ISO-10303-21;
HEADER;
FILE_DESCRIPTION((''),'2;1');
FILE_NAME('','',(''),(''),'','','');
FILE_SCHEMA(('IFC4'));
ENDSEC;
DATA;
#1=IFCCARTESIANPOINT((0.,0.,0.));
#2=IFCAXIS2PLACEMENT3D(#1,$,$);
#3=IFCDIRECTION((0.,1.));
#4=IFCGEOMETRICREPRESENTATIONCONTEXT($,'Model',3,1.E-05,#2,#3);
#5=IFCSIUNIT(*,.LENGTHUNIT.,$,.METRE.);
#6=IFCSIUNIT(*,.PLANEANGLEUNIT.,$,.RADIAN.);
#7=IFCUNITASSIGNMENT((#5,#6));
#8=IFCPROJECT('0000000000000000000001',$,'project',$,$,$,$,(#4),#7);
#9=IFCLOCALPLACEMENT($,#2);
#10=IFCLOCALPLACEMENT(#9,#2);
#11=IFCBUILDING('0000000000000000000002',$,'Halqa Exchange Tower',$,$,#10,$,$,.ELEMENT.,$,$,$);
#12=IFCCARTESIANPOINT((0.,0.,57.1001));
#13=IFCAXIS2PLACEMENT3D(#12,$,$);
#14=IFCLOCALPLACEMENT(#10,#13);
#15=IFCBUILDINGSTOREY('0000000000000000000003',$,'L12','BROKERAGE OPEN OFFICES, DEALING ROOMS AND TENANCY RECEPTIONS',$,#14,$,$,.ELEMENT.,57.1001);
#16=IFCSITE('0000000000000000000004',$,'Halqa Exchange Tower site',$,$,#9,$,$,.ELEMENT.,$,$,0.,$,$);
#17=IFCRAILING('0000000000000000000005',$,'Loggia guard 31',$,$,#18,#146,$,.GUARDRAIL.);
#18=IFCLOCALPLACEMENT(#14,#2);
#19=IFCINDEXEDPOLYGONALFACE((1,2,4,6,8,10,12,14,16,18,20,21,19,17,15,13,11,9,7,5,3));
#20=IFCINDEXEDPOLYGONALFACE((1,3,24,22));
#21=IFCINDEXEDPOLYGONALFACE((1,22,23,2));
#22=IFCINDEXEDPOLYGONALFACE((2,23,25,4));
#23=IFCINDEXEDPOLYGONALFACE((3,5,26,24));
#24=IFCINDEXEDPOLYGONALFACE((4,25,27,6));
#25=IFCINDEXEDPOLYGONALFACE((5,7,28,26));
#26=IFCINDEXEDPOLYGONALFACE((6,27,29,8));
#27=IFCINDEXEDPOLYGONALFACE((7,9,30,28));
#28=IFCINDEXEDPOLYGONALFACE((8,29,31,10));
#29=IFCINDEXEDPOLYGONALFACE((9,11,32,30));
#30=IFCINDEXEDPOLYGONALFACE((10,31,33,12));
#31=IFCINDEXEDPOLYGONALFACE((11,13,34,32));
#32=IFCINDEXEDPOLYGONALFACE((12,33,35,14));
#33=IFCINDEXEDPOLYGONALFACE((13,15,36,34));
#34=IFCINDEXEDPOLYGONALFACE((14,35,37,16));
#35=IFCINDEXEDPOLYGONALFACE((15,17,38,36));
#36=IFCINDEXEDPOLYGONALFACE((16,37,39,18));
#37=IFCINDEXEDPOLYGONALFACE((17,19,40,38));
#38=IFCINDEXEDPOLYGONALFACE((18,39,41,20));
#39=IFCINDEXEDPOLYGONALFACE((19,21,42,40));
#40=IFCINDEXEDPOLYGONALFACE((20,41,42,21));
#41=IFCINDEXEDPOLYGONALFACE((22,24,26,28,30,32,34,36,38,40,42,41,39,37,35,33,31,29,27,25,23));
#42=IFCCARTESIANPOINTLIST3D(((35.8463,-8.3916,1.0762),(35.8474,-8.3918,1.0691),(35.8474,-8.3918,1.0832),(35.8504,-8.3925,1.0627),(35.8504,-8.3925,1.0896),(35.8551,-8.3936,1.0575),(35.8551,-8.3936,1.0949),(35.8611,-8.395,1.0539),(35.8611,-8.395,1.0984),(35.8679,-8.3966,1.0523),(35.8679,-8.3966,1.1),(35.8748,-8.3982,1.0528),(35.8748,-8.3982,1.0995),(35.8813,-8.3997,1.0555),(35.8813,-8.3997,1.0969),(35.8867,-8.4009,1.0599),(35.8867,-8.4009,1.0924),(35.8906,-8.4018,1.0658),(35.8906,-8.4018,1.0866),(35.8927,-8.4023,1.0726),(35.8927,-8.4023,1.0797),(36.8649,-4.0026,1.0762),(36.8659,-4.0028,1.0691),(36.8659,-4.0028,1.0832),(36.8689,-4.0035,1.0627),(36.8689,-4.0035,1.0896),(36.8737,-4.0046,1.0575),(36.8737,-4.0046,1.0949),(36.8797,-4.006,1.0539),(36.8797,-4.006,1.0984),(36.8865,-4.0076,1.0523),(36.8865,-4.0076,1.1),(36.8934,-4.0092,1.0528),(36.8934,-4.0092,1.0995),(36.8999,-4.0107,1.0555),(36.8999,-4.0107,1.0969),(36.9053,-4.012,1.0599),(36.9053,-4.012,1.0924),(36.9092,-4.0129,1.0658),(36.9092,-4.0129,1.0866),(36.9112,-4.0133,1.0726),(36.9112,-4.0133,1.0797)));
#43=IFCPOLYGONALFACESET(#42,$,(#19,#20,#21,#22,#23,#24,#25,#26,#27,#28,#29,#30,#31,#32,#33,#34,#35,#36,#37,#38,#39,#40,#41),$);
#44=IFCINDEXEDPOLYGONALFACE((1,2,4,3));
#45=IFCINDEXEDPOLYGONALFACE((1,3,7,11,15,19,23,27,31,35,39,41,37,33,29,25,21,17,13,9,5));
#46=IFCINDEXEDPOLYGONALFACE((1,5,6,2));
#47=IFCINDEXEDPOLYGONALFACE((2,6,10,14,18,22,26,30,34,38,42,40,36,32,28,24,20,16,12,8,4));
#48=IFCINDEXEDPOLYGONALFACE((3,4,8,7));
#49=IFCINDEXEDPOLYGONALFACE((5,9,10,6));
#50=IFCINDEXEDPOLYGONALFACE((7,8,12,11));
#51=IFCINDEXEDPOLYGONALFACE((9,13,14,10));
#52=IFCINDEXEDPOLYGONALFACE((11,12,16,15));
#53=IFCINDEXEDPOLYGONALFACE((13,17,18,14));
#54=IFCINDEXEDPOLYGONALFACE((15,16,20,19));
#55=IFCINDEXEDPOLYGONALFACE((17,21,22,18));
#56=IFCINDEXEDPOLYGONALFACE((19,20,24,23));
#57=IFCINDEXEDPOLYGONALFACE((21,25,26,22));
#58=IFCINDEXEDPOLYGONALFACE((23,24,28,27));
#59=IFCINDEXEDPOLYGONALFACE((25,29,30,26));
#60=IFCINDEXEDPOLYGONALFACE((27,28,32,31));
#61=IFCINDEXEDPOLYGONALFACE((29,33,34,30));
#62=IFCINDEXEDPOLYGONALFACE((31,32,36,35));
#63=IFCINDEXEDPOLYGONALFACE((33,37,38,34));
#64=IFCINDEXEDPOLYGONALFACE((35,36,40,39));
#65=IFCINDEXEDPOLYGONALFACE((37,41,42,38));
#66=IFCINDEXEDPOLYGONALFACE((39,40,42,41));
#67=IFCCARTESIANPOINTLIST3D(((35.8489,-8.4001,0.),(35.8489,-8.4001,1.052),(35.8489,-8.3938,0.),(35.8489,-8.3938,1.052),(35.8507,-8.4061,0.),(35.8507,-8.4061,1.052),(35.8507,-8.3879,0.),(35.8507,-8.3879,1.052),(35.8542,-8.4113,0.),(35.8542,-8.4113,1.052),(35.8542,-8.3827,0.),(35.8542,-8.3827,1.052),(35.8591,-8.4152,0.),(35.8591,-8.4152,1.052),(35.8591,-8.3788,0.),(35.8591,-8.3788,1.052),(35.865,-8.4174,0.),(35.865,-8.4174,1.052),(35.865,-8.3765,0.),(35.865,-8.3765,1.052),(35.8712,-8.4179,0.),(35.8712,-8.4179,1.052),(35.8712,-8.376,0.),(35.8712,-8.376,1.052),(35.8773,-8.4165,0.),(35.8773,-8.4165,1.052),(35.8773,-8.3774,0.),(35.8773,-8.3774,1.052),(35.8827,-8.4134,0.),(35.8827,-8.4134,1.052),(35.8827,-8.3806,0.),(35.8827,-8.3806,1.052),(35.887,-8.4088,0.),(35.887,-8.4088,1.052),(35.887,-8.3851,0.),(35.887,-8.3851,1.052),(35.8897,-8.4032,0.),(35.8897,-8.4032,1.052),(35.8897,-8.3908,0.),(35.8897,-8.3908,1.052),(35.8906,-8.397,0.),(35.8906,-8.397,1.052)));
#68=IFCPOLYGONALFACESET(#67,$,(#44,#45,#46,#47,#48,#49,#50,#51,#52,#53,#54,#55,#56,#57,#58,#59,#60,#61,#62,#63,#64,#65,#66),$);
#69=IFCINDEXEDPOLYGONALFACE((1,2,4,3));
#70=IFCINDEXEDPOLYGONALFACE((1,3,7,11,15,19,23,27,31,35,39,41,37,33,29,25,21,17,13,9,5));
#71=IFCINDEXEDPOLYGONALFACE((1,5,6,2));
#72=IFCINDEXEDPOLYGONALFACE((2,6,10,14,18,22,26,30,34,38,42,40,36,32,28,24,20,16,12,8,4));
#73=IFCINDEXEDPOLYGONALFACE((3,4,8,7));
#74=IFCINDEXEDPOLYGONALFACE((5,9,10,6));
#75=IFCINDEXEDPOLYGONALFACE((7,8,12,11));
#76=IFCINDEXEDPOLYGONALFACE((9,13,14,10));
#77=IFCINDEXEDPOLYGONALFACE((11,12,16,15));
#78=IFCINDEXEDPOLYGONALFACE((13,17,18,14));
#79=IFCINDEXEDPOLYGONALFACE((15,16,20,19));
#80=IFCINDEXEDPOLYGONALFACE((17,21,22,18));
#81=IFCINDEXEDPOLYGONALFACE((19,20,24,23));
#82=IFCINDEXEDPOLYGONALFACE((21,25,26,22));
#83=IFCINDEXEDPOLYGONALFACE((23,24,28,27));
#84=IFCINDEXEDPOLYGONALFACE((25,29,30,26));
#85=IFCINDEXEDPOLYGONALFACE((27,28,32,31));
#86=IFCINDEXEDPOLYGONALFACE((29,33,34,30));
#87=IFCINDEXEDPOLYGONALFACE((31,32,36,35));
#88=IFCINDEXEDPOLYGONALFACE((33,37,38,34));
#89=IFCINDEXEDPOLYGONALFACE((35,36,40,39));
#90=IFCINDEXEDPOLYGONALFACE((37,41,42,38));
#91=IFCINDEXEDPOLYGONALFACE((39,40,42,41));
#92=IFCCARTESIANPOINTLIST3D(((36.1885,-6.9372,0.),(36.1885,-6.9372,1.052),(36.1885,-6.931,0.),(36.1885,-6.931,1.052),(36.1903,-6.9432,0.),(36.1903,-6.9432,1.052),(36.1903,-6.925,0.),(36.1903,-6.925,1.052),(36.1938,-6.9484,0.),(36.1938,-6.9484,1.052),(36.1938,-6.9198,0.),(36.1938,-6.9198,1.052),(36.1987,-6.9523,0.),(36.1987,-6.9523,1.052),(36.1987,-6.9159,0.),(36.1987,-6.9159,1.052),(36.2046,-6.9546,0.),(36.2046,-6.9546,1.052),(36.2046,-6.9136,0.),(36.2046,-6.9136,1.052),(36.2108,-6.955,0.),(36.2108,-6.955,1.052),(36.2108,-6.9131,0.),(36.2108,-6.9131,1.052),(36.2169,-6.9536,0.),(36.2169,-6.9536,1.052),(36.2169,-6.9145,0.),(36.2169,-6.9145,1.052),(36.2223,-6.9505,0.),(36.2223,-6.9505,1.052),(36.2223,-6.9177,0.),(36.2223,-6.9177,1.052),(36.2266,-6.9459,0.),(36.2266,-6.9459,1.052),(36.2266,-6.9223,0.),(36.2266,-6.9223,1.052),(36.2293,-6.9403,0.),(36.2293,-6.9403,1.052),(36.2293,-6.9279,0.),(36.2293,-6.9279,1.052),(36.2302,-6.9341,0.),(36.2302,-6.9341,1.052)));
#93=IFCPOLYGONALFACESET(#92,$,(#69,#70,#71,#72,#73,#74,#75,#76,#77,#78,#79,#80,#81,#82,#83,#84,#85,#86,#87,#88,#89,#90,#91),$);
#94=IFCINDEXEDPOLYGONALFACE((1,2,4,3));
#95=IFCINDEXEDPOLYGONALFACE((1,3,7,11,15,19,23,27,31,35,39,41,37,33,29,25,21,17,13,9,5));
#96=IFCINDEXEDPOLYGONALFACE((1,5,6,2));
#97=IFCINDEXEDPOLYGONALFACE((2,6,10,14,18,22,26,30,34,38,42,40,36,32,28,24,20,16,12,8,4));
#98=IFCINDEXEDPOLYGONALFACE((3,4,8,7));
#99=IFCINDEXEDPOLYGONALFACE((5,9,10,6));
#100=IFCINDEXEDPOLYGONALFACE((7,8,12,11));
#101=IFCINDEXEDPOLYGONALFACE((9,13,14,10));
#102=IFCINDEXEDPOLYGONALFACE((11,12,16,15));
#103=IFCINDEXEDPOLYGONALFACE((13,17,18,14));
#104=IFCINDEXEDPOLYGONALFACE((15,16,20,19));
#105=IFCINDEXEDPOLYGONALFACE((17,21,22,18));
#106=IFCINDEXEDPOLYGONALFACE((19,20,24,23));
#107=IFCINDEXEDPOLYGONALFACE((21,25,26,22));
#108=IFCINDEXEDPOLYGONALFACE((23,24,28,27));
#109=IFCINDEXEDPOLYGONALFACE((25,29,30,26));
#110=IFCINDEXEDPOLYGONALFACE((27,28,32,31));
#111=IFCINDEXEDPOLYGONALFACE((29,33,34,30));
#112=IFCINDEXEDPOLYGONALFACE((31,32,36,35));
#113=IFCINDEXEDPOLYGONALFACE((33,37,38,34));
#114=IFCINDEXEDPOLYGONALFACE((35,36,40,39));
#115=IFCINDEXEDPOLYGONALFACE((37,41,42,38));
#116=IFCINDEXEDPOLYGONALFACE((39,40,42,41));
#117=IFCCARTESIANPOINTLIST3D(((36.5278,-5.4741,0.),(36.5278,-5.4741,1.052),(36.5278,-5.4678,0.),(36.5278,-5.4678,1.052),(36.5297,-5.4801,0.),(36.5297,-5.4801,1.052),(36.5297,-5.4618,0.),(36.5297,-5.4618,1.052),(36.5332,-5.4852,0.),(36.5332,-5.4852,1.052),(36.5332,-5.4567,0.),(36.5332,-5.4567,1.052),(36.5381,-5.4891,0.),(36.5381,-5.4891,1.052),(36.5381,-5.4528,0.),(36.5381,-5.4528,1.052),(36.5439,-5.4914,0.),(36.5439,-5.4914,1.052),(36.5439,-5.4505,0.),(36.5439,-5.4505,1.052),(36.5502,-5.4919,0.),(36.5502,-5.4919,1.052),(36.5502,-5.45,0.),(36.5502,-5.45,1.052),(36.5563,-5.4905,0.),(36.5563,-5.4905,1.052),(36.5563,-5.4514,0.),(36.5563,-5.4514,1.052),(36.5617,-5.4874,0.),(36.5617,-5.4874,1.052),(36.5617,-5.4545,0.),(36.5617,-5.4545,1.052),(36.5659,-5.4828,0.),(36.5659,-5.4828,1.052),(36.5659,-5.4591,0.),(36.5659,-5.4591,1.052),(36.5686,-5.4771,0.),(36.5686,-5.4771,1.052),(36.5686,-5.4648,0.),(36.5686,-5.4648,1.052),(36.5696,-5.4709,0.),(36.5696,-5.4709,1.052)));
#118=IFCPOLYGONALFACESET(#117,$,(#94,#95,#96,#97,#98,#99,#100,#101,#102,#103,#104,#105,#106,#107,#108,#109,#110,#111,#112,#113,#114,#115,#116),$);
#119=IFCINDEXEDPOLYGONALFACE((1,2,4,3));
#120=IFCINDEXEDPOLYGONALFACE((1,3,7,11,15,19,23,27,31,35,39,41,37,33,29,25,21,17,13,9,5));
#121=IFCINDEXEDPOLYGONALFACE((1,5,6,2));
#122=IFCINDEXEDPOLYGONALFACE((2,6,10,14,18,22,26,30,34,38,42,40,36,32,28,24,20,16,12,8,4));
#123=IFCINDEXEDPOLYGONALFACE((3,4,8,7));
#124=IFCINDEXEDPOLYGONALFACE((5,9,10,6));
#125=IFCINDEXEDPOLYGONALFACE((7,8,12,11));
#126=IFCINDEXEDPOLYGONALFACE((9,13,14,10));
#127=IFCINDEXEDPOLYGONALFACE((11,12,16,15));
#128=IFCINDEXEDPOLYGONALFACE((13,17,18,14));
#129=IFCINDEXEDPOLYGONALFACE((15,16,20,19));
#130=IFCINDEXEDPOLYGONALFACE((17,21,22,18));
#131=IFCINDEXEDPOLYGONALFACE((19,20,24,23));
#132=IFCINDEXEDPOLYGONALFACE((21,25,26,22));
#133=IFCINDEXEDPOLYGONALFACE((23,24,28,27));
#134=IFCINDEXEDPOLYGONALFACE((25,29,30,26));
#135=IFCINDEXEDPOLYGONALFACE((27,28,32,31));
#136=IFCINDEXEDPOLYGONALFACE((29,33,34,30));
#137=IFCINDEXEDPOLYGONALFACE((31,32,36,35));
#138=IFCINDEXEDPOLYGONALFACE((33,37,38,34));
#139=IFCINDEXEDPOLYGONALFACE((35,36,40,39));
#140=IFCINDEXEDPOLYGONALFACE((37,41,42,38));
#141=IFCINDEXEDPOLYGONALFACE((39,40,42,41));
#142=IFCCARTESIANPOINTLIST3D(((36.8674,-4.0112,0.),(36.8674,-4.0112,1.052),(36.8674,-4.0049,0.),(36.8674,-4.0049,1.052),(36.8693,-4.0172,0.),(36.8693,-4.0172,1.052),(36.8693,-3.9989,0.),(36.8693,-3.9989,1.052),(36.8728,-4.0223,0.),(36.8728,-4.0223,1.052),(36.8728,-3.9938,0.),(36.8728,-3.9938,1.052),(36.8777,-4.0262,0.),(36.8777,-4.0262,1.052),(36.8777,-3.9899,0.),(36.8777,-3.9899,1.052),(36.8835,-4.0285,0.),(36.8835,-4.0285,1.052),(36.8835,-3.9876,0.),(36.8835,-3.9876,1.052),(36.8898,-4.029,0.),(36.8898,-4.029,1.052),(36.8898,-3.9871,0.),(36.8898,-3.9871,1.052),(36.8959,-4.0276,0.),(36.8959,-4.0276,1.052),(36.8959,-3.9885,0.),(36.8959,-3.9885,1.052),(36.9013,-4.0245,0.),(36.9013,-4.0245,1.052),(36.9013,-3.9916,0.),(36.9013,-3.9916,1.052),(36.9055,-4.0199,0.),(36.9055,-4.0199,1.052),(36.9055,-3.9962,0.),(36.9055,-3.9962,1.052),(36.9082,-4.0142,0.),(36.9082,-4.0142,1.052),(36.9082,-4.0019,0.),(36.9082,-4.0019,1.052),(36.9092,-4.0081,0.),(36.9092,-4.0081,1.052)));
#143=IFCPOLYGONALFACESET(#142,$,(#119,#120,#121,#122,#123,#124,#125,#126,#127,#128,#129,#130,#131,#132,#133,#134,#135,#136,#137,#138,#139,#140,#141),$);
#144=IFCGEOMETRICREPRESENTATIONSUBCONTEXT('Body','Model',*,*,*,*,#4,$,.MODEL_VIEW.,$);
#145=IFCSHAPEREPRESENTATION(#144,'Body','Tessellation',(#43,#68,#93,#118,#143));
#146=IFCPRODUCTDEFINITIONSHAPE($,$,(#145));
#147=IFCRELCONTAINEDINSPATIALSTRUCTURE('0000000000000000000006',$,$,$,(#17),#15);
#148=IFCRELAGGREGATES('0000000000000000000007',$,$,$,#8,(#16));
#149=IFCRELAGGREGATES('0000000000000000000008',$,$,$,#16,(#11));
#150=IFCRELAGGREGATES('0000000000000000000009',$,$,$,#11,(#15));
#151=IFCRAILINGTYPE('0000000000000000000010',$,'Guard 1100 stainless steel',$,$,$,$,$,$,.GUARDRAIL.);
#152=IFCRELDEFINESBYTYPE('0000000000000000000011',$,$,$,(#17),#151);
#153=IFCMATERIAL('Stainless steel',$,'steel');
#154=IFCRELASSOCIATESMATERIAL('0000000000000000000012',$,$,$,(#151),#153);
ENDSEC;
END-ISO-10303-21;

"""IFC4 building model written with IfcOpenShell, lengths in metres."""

from ifc_helpers import new_model, si_unit, direction, frame, origin, origin_2d, place, context, subcontext, project, spatial, circle, extrude, material, type_object, element, save


model = new_model("IFC4")

# Units and contexts
model_context = context("Model", 3, precision=1e-05, world=origin(), true_north=direction((0.0, 1.0)))
body_context = subcontext(model_context, "Body", "Model", "MODEL_VIEW")
ifc_project = project(units=[si_unit("LENGTHUNIT", "METRE"), si_unit("PLANEANGLEUNIT", "RADIAN")], contexts=[model_context])

# Site, building, storey
site_placement = place(None, origin())
site = spatial("IfcSite", under=ifc_project, at=site_placement, Name="Halqa Exchange Tower site", CompositionType="ELEMENT", RefElevation=0.0)
building_placement = place(site_placement, origin())
building = spatial("IfcBuilding", under=site, at=building_placement, Name="Halqa Exchange Tower", CompositionType="ELEMENT")
storey_placement = place(building_placement, frame((0.0, 0.0, 57.1001)))
storey = spatial("IfcBuildingStorey", under=building, at=storey_placement, Name="L12", Description="BROKERAGE OPEN OFFICES, DEALING ROOMS AND TENANCY RECEPTIONS", CompositionType="ELEMENT", Elevation=57.1001)

# Railing
ifc_material_1 = material(Name="Stainless steel", Category="steel")
railing_type = type_object("IfcRailingType", Name="Guard 1100 stainless steel", PredefinedType="GUARDRAIL", material=ifc_material_1)
railing_1_placement = place(storey_placement, frame((35.8696, -8.397, 0.0)))
element("IfcRailing", 1, at=railing_1_placement, inside=storey, type_object=railing_type, Name="Loggia guard 31", PredefinedType="GUARDRAIL", context=body_context, shape_type="SweptSolid", body=[
    extrude(circle(Radius=0.0239, at=origin_2d()), frame((0.0, 0.0, 1.0762), z_axis=(0.226066, 0.974112, 0.0), x_axis=(-0.974112, 0.226066, 0.0)), (0.0, 0.0, 1.0), 4.5056),
    extrude(circle(Radius=0.021, at=origin_2d()), origin(), (0.0, 0.0, 1.0), 1.052),
    extrude(circle(Radius=0.021, at=origin_2d()), frame((0.3396, 1.4629, 0.0)), (0.0, 0.0, 1.0), 1.052),
    extrude(circle(Radius=0.021, at=origin_2d()), frame((0.679, 2.926, 0.0)), (0.0, 0.0, 1.0), 1.052),
    extrude(circle(Radius=0.021, at=origin_2d()), frame((1.0186, 4.3889, 0.0)), (0.0, 0.0, 1.0), 1.052),
])

save(model, "model.ifc")
